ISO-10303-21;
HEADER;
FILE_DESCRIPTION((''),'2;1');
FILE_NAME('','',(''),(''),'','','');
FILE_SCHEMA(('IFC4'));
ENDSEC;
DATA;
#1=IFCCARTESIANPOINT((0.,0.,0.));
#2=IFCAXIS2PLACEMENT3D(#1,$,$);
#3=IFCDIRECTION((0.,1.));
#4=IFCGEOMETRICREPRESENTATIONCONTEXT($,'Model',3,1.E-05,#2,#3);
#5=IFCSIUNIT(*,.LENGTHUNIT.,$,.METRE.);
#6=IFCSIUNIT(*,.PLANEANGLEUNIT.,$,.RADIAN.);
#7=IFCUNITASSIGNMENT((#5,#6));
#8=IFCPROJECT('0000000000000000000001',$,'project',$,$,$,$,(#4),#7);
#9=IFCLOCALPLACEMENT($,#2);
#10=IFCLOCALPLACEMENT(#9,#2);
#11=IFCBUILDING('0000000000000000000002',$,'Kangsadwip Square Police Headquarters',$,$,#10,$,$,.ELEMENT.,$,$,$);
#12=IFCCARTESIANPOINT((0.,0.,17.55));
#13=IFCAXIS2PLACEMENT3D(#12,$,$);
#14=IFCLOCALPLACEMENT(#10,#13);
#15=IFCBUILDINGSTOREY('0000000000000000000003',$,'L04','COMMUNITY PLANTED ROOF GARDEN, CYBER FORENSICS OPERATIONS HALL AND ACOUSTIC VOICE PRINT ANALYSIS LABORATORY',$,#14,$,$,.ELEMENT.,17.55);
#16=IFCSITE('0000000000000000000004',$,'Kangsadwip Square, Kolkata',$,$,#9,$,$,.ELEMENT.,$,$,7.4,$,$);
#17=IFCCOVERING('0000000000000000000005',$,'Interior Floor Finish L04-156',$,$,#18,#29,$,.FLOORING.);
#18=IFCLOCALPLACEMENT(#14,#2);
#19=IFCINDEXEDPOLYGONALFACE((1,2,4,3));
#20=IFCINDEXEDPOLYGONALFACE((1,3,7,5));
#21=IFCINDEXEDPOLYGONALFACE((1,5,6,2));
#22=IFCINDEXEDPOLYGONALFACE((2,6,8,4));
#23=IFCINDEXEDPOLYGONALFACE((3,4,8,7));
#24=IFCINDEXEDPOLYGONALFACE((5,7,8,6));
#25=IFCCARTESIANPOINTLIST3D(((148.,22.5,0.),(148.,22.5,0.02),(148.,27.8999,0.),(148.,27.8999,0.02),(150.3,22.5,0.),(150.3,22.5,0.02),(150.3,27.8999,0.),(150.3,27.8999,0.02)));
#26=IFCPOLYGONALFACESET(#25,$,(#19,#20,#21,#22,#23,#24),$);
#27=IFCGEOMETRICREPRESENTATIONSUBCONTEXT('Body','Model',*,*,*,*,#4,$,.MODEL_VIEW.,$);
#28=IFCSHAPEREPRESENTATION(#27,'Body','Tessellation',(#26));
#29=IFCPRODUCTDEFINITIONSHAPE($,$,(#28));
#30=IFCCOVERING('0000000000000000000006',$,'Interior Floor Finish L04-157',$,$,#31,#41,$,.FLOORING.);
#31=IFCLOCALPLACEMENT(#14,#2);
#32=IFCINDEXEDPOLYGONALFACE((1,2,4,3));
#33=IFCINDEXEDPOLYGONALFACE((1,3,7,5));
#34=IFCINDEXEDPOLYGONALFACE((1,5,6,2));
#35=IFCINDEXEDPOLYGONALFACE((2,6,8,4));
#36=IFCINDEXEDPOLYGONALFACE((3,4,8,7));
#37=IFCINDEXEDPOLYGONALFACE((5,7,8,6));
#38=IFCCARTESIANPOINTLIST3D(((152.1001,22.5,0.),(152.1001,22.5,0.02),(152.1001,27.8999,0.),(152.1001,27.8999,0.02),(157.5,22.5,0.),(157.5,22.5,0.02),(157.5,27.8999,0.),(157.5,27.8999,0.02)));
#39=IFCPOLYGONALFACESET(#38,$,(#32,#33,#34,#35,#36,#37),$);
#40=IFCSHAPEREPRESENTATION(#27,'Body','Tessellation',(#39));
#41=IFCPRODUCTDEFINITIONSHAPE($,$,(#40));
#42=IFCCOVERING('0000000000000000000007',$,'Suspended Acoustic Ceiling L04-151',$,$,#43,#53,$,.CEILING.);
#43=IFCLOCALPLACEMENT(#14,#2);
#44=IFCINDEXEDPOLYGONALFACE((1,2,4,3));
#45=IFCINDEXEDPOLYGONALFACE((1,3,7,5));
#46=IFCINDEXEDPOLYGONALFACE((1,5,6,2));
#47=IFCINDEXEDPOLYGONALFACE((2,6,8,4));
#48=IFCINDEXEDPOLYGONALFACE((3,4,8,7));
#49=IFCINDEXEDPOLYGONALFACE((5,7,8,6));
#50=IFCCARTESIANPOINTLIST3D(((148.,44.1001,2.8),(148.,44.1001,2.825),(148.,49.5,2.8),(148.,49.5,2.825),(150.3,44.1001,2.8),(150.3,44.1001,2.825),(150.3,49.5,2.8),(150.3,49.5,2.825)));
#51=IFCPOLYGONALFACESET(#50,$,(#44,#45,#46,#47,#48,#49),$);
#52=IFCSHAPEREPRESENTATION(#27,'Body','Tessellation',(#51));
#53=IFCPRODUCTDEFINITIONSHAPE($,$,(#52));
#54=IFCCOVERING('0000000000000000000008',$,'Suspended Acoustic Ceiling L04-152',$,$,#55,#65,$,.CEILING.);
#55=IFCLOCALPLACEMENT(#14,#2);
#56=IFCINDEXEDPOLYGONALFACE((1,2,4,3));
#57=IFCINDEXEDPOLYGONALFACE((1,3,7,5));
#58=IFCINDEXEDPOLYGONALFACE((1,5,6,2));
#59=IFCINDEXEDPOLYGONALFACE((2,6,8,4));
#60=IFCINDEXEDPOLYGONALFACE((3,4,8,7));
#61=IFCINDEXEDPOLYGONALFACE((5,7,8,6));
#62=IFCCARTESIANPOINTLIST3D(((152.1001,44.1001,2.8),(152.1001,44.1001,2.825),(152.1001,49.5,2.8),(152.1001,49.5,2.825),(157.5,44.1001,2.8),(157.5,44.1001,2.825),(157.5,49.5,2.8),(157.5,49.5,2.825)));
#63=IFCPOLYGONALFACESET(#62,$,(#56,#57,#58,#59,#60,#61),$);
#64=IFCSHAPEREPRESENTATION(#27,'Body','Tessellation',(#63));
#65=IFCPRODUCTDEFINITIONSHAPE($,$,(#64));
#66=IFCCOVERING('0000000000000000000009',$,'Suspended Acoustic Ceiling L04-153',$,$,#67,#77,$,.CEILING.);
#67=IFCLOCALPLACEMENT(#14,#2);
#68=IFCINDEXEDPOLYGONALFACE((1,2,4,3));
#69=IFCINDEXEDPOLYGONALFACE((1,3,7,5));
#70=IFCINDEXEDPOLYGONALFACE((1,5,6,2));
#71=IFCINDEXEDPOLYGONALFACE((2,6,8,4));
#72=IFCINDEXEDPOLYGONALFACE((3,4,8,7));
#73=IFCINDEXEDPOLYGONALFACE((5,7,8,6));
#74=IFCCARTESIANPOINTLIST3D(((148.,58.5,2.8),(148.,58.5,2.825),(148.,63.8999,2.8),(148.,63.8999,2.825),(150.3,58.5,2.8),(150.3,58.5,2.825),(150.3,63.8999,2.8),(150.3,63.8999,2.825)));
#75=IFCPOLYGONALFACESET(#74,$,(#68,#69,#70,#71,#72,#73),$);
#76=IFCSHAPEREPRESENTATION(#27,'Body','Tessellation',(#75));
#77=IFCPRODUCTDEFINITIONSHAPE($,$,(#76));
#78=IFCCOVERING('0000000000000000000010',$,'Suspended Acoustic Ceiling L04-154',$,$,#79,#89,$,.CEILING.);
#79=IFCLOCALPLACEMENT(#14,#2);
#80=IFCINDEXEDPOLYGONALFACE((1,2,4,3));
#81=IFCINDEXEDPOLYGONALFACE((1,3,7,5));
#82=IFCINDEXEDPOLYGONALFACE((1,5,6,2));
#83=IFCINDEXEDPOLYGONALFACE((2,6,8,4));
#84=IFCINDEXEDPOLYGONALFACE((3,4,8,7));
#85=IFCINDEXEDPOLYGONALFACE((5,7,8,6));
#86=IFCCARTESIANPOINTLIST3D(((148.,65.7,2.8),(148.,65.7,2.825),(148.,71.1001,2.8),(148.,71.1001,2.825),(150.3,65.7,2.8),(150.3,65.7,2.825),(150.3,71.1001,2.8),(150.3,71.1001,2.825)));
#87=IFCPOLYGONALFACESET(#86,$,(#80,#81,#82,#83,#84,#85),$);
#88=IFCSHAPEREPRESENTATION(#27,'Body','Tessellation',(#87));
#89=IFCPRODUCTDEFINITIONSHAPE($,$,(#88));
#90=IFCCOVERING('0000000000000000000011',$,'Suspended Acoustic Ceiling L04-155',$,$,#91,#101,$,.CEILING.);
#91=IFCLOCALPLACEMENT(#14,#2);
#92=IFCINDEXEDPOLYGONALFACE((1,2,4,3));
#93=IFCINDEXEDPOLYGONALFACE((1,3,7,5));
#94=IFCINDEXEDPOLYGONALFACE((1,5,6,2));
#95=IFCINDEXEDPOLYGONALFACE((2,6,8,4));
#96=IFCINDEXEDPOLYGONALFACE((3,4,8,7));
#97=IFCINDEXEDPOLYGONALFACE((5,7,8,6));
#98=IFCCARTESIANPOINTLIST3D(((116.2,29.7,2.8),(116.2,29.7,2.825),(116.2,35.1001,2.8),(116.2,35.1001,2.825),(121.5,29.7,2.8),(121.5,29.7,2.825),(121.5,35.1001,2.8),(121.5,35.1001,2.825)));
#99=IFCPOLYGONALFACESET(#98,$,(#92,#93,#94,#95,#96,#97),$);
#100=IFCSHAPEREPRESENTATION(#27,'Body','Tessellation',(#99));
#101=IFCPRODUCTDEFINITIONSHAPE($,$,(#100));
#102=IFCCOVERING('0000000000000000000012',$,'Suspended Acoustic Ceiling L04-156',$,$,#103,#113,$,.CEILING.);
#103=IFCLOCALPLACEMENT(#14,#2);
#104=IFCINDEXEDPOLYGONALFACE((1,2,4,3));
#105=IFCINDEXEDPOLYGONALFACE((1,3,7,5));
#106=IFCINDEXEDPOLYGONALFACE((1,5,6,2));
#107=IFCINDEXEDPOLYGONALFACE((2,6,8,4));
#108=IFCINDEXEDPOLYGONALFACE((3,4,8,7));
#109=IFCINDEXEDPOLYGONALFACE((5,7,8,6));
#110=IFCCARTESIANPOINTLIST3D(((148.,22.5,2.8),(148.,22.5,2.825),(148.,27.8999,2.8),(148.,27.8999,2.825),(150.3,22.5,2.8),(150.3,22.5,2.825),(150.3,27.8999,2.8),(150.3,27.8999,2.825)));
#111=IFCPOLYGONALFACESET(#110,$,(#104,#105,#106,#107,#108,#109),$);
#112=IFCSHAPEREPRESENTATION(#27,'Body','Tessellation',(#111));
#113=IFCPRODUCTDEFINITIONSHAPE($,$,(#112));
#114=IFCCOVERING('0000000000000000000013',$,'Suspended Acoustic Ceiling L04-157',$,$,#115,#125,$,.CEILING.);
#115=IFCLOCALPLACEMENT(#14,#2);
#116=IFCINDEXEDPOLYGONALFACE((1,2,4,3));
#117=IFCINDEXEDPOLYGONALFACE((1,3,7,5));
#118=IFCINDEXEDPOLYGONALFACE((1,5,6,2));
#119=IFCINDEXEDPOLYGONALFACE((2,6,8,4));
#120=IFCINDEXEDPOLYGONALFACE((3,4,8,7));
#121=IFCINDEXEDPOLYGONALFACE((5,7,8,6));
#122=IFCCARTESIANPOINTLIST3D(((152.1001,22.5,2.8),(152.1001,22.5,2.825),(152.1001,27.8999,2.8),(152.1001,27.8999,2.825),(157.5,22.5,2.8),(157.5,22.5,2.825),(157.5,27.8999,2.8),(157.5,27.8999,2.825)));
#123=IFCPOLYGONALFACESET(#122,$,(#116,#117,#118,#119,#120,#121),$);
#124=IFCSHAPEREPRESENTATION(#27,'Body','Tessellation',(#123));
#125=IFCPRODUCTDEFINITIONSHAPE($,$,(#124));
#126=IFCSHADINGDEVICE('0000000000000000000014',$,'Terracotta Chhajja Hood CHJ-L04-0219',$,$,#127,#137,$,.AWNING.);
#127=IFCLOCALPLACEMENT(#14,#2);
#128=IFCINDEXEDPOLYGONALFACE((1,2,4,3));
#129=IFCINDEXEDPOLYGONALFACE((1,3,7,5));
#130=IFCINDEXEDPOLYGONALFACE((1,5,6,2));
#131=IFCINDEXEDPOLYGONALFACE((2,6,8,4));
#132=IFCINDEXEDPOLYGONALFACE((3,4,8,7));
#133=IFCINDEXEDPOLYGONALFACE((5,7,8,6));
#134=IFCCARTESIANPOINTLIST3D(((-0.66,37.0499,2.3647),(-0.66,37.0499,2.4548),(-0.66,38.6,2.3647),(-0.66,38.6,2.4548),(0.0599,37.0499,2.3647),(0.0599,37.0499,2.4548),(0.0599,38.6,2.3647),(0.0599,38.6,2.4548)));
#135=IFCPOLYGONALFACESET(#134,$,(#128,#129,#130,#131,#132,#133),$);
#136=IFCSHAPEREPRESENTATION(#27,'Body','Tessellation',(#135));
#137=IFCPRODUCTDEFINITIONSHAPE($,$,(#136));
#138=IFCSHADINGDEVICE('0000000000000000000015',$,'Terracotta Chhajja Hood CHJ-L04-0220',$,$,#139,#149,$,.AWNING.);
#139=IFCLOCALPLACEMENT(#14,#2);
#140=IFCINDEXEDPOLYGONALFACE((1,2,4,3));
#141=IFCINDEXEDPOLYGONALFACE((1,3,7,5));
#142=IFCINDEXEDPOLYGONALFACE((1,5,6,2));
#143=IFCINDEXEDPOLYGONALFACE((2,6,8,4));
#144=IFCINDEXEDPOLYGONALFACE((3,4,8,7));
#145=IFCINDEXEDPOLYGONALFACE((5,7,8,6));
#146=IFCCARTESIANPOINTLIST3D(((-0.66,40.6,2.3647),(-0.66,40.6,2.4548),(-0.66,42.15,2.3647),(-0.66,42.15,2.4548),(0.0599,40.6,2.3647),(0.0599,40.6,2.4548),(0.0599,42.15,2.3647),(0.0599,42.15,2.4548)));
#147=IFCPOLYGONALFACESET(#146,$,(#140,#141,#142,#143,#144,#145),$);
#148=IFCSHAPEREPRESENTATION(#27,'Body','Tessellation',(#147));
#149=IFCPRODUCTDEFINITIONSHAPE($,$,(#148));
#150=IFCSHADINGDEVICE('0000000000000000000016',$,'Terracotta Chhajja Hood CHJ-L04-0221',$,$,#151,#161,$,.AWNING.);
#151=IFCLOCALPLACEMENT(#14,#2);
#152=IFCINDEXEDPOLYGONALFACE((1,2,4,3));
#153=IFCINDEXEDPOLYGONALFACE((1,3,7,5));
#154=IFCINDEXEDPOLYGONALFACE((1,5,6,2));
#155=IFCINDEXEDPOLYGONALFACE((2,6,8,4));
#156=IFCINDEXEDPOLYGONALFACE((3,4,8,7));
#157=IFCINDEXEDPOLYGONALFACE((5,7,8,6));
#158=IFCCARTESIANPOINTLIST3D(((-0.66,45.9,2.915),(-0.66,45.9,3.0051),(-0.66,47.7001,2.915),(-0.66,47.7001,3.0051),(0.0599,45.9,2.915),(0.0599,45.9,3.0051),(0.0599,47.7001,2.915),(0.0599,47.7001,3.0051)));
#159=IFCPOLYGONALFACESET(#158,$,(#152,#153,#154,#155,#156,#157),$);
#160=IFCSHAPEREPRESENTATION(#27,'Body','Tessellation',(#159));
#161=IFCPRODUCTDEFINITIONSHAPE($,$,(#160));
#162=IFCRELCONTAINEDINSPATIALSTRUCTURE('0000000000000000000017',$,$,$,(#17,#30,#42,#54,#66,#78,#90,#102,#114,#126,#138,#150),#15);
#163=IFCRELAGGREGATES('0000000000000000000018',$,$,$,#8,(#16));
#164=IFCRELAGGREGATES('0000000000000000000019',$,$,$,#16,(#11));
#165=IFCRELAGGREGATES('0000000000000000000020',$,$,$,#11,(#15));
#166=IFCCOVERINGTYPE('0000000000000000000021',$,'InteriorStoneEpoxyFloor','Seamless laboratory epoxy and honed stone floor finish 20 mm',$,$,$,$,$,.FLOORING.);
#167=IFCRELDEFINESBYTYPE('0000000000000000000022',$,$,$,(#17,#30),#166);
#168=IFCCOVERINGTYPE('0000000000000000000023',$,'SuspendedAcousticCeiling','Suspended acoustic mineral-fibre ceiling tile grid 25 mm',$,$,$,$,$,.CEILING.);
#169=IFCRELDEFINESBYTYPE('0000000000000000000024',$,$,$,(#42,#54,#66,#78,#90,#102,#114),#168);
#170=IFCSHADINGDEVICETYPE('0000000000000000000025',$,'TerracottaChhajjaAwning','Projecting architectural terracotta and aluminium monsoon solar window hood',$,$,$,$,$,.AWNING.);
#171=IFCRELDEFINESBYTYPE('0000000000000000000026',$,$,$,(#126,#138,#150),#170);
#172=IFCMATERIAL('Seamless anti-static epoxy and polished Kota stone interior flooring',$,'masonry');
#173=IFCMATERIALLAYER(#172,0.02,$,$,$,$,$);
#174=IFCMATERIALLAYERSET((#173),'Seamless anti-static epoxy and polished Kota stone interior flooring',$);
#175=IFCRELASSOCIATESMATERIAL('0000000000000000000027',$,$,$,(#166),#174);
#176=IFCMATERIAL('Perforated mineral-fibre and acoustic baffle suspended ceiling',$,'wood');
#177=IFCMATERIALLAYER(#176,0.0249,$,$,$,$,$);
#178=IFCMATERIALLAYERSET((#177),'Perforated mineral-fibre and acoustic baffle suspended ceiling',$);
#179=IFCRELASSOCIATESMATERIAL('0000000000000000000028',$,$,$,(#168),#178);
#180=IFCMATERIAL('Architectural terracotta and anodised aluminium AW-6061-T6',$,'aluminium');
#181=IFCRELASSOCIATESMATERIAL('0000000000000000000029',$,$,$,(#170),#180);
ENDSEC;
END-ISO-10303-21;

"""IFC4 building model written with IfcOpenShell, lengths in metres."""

from ifc_helpers import new_model, si_unit, direction, frame, origin, origin_2d, place, context, subcontext, project, spatial, polyline, rectangle, outline, extrude, material, layer, layer_set, type_object, element, save


model = new_model("IFC4")

# Units and contexts
model_context = context("Model", 3, precision=1e-05, world=origin(), true_north=direction((0.0, 1.0)))
body_context = subcontext(model_context, "Body", "Model", "MODEL_VIEW")
ifc_project = project(units=[si_unit("LENGTHUNIT", "METRE"), si_unit("PLANEANGLEUNIT", "RADIAN")], contexts=[model_context])

# Site, building, storey
site_placement = place(None, origin())
site = spatial("IfcSite", under=ifc_project, at=site_placement, Name="Kangsadwip Square, Kolkata", CompositionType="ELEMENT", RefElevation=7.4)
building_placement = place(site_placement, origin())
building = spatial("IfcBuilding", under=site, at=building_placement, Name="Kangsadwip Square Police Headquarters", CompositionType="ELEMENT")
storey_placement = place(building_placement, frame((0.0, 0.0, 17.55)))
storey = spatial("IfcBuildingStorey", under=building, at=storey_placement, Name="L04", Description="COMMUNITY PLANTED ROOF GARDEN, CYBER FORENSICS OPERATIONS HALL AND ACOUSTIC VOICE PRINT ANALYSIS LABORATORY", CompositionType="ELEMENT", Elevation=17.55)

# Coverings
ifc_material_1 = material(Name="Seamless anti-static epoxy and polished Kota stone interior flooring", Category="masonry")
ifc_layer_1 = layer(ifc_material_1, 0.02)
ifc_layer_set_1 = layer_set([ifc_layer_1], Name="Seamless anti-static epoxy and polished Kota stone interior flooring")
covering_type_1 = type_object("IfcCoveringType", Name="InteriorStoneEpoxyFloor", Description="Seamless laboratory epoxy and honed stone floor finish 20 mm", PredefinedType="FLOORING", material=ifc_layer_set_1)
covering_1_placement = place(storey_placement, origin())
element("IfcCovering", 1, at=covering_1_placement, inside=storey, type_object=covering_type_1, Name="Interior Floor Finish L04-156", PredefinedType="FLOORING", context=body_context, shape_type="SweptSolid", body=[
    extrude(outline(polyline([(148.0, 22.5), (150.3, 22.5), (150.3, 27.8999), (148.0, 27.8999), (148.0, 22.5)])), origin(), (0.0, 0.0, 1.0), 0.02),
])
covering_2_placement = place(storey_placement, origin())
element("IfcCovering", 2, at=covering_2_placement, inside=storey, type_object=covering_type_1, Name="Interior Floor Finish L04-157", PredefinedType="FLOORING", context=body_context, shape_type="SweptSolid", body=[
    extrude(outline(polyline([(152.1001, 22.5), (157.5, 22.5), (157.5, 27.8999), (152.1001, 27.8999), (152.1001, 22.5)])), origin(), (0.0, 0.0, 1.0), 0.02),
])
ifc_material_2 = material(Name="Perforated mineral-fibre and acoustic baffle suspended ceiling", Category="wood")
ifc_layer_2 = layer(ifc_material_2, 0.0249)
ifc_layer_set_2 = layer_set([ifc_layer_2], Name="Perforated mineral-fibre and acoustic baffle suspended ceiling")
covering_type_2 = type_object("IfcCoveringType", Name="SuspendedAcousticCeiling", Description="Suspended acoustic mineral-fibre ceiling tile grid 25 mm", PredefinedType="CEILING", material=ifc_layer_set_2)
covering_3_placement = place(storey_placement, frame((0.0, 0.0, 2.8)))
element("IfcCovering", 3, at=covering_3_placement, inside=storey, type_object=covering_type_2, Name="Suspended Acoustic Ceiling L04-151", PredefinedType="CEILING", context=body_context, shape_type="SweptSolid", body=[
    extrude(outline(polyline([(148.0, 44.1001), (150.3, 44.1001), (150.3, 49.5), (148.0, 49.5), (148.0, 44.1001)])), origin(), (0.0, 0.0, 1.0), 0.0249),
])
covering_4_placement = place(storey_placement, frame((0.0, 0.0, 2.8)))
element("IfcCovering", 4, at=covering_4_placement, inside=storey, type_object=covering_type_2, Name="Suspended Acoustic Ceiling L04-152", PredefinedType="CEILING", context=body_context, shape_type="SweptSolid", body=[
    extrude(outline(polyline([(152.1001, 44.1001), (157.5, 44.1001), (157.5, 49.5), (152.1001, 49.5), (152.1001, 44.1001)])), origin(), (0.0, 0.0, 1.0), 0.0249),
])
covering_5_placement = place(storey_placement, frame((0.0, 0.0, 2.8)))
element("IfcCovering", 5, at=covering_5_placement, inside=storey, type_object=covering_type_2, Name="Suspended Acoustic Ceiling L04-153", PredefinedType="CEILING", context=body_context, shape_type="SweptSolid", body=[
    extrude(outline(polyline([(148.0, 58.5), (150.3, 58.5), (150.3, 63.8999), (148.0, 63.8999), (148.0, 58.5)])), origin(), (0.0, 0.0, 1.0), 0.0249),
])
covering_6_placement = place(storey_placement, frame((0.0, 0.0, 2.8)))
element("IfcCovering", 6, at=covering_6_placement, inside=storey, type_object=covering_type_2, Name="Suspended Acoustic Ceiling L04-154", PredefinedType="CEILING", context=body_context, shape_type="SweptSolid", body=[
    extrude(outline(polyline([(148.0, 65.7), (150.3, 65.7), (150.3, 71.1001), (148.0, 71.1001), (148.0, 65.7)])), origin(), (0.0, 0.0, 1.0), 0.0249),
])
covering_7_placement = place(storey_placement, frame((0.0, 0.0, 2.8)))
element("IfcCovering", 7, at=covering_7_placement, inside=storey, type_object=covering_type_2, Name="Suspended Acoustic Ceiling L04-155", PredefinedType="CEILING", context=body_context, shape_type="SweptSolid", body=[
    extrude(outline(polyline([(116.2, 29.7), (121.5, 29.7), (121.5, 35.1001), (116.2, 35.1001), (116.2, 29.7)])), origin(), (0.0, 0.0, 1.0), 0.0249),
])
covering_8_placement = place(storey_placement, frame((0.0, 0.0, 2.8)))
element("IfcCovering", 8, at=covering_8_placement, inside=storey, type_object=covering_type_2, Name="Suspended Acoustic Ceiling L04-156", PredefinedType="CEILING", context=body_context, shape_type="SweptSolid", body=[
    extrude(outline(polyline([(148.0, 22.5), (150.3, 22.5), (150.3, 27.8999), (148.0, 27.8999), (148.0, 22.5)])), origin(), (0.0, 0.0, 1.0), 0.0249),
])
covering_9_placement = place(storey_placement, frame((0.0, 0.0, 2.8)))
element("IfcCovering", 9, at=covering_9_placement, inside=storey, type_object=covering_type_2, Name="Suspended Acoustic Ceiling L04-157", PredefinedType="CEILING", context=body_context, shape_type="SweptSolid", body=[
    extrude(outline(polyline([(152.1001, 22.5), (157.5, 22.5), (157.5, 27.8999), (152.1001, 27.8999), (152.1001, 22.5)])), origin(), (0.0, 0.0, 1.0), 0.0249),
])

# Shading devices
ifc_material_3 = material(Name="Architectural terracotta and anodised aluminium AW-6061-T6", Category="aluminium")
shading_device_type = type_object("IfcShadingDeviceType", Name="TerracottaChhajjaAwning", Description="Projecting architectural terracotta and aluminium monsoon solar window hood", PredefinedType="AWNING", material=ifc_material_3)
for number, where, z_axis, x_axis, name in (
    (10, (-0.3, 37.825, 2.3647), (0.0, 0.0, 1.0), (0.0, 1.0, 0.0), "Terracotta Chhajja Hood CHJ-L04-0219"),
    (11, (-0.3, 41.375, 2.3647), (0.0, 0.0, 1.0), (0.0, 1.0, 0.0), "Terracotta Chhajja Hood CHJ-L04-0220"),
):
    element("IfcShadingDevice", number, at=place(storey_placement, frame(where, z_axis=z_axis, x_axis=x_axis)), inside=storey, type_object=shading_device_type, Name=name, PredefinedType="AWNING", context=body_context, shape_type="SweptSolid", body=[
        extrude(rectangle(XDim=1.55, YDim=0.72, at=origin_2d()), origin(), (0.0, 0.0, 1.0), 0.0901),
    ])
shading_device_placement = place(storey_placement, frame((-0.3, 46.8, 2.915), z_axis=(0.0, 0.0, 1.0), x_axis=(0.0, 1.0, 0.0)))
element("IfcShadingDevice", 12, at=shading_device_placement, inside=storey, type_object=shading_device_type, Name="Terracotta Chhajja Hood CHJ-L04-0221", PredefinedType="AWNING", context=body_context, shape_type="SweptSolid", body=[
    extrude(rectangle(XDim=1.8, YDim=0.72, at=origin_2d()), origin(), (0.0, 0.0, 1.0), 0.0901),
])

save(model, "model.ifc")
